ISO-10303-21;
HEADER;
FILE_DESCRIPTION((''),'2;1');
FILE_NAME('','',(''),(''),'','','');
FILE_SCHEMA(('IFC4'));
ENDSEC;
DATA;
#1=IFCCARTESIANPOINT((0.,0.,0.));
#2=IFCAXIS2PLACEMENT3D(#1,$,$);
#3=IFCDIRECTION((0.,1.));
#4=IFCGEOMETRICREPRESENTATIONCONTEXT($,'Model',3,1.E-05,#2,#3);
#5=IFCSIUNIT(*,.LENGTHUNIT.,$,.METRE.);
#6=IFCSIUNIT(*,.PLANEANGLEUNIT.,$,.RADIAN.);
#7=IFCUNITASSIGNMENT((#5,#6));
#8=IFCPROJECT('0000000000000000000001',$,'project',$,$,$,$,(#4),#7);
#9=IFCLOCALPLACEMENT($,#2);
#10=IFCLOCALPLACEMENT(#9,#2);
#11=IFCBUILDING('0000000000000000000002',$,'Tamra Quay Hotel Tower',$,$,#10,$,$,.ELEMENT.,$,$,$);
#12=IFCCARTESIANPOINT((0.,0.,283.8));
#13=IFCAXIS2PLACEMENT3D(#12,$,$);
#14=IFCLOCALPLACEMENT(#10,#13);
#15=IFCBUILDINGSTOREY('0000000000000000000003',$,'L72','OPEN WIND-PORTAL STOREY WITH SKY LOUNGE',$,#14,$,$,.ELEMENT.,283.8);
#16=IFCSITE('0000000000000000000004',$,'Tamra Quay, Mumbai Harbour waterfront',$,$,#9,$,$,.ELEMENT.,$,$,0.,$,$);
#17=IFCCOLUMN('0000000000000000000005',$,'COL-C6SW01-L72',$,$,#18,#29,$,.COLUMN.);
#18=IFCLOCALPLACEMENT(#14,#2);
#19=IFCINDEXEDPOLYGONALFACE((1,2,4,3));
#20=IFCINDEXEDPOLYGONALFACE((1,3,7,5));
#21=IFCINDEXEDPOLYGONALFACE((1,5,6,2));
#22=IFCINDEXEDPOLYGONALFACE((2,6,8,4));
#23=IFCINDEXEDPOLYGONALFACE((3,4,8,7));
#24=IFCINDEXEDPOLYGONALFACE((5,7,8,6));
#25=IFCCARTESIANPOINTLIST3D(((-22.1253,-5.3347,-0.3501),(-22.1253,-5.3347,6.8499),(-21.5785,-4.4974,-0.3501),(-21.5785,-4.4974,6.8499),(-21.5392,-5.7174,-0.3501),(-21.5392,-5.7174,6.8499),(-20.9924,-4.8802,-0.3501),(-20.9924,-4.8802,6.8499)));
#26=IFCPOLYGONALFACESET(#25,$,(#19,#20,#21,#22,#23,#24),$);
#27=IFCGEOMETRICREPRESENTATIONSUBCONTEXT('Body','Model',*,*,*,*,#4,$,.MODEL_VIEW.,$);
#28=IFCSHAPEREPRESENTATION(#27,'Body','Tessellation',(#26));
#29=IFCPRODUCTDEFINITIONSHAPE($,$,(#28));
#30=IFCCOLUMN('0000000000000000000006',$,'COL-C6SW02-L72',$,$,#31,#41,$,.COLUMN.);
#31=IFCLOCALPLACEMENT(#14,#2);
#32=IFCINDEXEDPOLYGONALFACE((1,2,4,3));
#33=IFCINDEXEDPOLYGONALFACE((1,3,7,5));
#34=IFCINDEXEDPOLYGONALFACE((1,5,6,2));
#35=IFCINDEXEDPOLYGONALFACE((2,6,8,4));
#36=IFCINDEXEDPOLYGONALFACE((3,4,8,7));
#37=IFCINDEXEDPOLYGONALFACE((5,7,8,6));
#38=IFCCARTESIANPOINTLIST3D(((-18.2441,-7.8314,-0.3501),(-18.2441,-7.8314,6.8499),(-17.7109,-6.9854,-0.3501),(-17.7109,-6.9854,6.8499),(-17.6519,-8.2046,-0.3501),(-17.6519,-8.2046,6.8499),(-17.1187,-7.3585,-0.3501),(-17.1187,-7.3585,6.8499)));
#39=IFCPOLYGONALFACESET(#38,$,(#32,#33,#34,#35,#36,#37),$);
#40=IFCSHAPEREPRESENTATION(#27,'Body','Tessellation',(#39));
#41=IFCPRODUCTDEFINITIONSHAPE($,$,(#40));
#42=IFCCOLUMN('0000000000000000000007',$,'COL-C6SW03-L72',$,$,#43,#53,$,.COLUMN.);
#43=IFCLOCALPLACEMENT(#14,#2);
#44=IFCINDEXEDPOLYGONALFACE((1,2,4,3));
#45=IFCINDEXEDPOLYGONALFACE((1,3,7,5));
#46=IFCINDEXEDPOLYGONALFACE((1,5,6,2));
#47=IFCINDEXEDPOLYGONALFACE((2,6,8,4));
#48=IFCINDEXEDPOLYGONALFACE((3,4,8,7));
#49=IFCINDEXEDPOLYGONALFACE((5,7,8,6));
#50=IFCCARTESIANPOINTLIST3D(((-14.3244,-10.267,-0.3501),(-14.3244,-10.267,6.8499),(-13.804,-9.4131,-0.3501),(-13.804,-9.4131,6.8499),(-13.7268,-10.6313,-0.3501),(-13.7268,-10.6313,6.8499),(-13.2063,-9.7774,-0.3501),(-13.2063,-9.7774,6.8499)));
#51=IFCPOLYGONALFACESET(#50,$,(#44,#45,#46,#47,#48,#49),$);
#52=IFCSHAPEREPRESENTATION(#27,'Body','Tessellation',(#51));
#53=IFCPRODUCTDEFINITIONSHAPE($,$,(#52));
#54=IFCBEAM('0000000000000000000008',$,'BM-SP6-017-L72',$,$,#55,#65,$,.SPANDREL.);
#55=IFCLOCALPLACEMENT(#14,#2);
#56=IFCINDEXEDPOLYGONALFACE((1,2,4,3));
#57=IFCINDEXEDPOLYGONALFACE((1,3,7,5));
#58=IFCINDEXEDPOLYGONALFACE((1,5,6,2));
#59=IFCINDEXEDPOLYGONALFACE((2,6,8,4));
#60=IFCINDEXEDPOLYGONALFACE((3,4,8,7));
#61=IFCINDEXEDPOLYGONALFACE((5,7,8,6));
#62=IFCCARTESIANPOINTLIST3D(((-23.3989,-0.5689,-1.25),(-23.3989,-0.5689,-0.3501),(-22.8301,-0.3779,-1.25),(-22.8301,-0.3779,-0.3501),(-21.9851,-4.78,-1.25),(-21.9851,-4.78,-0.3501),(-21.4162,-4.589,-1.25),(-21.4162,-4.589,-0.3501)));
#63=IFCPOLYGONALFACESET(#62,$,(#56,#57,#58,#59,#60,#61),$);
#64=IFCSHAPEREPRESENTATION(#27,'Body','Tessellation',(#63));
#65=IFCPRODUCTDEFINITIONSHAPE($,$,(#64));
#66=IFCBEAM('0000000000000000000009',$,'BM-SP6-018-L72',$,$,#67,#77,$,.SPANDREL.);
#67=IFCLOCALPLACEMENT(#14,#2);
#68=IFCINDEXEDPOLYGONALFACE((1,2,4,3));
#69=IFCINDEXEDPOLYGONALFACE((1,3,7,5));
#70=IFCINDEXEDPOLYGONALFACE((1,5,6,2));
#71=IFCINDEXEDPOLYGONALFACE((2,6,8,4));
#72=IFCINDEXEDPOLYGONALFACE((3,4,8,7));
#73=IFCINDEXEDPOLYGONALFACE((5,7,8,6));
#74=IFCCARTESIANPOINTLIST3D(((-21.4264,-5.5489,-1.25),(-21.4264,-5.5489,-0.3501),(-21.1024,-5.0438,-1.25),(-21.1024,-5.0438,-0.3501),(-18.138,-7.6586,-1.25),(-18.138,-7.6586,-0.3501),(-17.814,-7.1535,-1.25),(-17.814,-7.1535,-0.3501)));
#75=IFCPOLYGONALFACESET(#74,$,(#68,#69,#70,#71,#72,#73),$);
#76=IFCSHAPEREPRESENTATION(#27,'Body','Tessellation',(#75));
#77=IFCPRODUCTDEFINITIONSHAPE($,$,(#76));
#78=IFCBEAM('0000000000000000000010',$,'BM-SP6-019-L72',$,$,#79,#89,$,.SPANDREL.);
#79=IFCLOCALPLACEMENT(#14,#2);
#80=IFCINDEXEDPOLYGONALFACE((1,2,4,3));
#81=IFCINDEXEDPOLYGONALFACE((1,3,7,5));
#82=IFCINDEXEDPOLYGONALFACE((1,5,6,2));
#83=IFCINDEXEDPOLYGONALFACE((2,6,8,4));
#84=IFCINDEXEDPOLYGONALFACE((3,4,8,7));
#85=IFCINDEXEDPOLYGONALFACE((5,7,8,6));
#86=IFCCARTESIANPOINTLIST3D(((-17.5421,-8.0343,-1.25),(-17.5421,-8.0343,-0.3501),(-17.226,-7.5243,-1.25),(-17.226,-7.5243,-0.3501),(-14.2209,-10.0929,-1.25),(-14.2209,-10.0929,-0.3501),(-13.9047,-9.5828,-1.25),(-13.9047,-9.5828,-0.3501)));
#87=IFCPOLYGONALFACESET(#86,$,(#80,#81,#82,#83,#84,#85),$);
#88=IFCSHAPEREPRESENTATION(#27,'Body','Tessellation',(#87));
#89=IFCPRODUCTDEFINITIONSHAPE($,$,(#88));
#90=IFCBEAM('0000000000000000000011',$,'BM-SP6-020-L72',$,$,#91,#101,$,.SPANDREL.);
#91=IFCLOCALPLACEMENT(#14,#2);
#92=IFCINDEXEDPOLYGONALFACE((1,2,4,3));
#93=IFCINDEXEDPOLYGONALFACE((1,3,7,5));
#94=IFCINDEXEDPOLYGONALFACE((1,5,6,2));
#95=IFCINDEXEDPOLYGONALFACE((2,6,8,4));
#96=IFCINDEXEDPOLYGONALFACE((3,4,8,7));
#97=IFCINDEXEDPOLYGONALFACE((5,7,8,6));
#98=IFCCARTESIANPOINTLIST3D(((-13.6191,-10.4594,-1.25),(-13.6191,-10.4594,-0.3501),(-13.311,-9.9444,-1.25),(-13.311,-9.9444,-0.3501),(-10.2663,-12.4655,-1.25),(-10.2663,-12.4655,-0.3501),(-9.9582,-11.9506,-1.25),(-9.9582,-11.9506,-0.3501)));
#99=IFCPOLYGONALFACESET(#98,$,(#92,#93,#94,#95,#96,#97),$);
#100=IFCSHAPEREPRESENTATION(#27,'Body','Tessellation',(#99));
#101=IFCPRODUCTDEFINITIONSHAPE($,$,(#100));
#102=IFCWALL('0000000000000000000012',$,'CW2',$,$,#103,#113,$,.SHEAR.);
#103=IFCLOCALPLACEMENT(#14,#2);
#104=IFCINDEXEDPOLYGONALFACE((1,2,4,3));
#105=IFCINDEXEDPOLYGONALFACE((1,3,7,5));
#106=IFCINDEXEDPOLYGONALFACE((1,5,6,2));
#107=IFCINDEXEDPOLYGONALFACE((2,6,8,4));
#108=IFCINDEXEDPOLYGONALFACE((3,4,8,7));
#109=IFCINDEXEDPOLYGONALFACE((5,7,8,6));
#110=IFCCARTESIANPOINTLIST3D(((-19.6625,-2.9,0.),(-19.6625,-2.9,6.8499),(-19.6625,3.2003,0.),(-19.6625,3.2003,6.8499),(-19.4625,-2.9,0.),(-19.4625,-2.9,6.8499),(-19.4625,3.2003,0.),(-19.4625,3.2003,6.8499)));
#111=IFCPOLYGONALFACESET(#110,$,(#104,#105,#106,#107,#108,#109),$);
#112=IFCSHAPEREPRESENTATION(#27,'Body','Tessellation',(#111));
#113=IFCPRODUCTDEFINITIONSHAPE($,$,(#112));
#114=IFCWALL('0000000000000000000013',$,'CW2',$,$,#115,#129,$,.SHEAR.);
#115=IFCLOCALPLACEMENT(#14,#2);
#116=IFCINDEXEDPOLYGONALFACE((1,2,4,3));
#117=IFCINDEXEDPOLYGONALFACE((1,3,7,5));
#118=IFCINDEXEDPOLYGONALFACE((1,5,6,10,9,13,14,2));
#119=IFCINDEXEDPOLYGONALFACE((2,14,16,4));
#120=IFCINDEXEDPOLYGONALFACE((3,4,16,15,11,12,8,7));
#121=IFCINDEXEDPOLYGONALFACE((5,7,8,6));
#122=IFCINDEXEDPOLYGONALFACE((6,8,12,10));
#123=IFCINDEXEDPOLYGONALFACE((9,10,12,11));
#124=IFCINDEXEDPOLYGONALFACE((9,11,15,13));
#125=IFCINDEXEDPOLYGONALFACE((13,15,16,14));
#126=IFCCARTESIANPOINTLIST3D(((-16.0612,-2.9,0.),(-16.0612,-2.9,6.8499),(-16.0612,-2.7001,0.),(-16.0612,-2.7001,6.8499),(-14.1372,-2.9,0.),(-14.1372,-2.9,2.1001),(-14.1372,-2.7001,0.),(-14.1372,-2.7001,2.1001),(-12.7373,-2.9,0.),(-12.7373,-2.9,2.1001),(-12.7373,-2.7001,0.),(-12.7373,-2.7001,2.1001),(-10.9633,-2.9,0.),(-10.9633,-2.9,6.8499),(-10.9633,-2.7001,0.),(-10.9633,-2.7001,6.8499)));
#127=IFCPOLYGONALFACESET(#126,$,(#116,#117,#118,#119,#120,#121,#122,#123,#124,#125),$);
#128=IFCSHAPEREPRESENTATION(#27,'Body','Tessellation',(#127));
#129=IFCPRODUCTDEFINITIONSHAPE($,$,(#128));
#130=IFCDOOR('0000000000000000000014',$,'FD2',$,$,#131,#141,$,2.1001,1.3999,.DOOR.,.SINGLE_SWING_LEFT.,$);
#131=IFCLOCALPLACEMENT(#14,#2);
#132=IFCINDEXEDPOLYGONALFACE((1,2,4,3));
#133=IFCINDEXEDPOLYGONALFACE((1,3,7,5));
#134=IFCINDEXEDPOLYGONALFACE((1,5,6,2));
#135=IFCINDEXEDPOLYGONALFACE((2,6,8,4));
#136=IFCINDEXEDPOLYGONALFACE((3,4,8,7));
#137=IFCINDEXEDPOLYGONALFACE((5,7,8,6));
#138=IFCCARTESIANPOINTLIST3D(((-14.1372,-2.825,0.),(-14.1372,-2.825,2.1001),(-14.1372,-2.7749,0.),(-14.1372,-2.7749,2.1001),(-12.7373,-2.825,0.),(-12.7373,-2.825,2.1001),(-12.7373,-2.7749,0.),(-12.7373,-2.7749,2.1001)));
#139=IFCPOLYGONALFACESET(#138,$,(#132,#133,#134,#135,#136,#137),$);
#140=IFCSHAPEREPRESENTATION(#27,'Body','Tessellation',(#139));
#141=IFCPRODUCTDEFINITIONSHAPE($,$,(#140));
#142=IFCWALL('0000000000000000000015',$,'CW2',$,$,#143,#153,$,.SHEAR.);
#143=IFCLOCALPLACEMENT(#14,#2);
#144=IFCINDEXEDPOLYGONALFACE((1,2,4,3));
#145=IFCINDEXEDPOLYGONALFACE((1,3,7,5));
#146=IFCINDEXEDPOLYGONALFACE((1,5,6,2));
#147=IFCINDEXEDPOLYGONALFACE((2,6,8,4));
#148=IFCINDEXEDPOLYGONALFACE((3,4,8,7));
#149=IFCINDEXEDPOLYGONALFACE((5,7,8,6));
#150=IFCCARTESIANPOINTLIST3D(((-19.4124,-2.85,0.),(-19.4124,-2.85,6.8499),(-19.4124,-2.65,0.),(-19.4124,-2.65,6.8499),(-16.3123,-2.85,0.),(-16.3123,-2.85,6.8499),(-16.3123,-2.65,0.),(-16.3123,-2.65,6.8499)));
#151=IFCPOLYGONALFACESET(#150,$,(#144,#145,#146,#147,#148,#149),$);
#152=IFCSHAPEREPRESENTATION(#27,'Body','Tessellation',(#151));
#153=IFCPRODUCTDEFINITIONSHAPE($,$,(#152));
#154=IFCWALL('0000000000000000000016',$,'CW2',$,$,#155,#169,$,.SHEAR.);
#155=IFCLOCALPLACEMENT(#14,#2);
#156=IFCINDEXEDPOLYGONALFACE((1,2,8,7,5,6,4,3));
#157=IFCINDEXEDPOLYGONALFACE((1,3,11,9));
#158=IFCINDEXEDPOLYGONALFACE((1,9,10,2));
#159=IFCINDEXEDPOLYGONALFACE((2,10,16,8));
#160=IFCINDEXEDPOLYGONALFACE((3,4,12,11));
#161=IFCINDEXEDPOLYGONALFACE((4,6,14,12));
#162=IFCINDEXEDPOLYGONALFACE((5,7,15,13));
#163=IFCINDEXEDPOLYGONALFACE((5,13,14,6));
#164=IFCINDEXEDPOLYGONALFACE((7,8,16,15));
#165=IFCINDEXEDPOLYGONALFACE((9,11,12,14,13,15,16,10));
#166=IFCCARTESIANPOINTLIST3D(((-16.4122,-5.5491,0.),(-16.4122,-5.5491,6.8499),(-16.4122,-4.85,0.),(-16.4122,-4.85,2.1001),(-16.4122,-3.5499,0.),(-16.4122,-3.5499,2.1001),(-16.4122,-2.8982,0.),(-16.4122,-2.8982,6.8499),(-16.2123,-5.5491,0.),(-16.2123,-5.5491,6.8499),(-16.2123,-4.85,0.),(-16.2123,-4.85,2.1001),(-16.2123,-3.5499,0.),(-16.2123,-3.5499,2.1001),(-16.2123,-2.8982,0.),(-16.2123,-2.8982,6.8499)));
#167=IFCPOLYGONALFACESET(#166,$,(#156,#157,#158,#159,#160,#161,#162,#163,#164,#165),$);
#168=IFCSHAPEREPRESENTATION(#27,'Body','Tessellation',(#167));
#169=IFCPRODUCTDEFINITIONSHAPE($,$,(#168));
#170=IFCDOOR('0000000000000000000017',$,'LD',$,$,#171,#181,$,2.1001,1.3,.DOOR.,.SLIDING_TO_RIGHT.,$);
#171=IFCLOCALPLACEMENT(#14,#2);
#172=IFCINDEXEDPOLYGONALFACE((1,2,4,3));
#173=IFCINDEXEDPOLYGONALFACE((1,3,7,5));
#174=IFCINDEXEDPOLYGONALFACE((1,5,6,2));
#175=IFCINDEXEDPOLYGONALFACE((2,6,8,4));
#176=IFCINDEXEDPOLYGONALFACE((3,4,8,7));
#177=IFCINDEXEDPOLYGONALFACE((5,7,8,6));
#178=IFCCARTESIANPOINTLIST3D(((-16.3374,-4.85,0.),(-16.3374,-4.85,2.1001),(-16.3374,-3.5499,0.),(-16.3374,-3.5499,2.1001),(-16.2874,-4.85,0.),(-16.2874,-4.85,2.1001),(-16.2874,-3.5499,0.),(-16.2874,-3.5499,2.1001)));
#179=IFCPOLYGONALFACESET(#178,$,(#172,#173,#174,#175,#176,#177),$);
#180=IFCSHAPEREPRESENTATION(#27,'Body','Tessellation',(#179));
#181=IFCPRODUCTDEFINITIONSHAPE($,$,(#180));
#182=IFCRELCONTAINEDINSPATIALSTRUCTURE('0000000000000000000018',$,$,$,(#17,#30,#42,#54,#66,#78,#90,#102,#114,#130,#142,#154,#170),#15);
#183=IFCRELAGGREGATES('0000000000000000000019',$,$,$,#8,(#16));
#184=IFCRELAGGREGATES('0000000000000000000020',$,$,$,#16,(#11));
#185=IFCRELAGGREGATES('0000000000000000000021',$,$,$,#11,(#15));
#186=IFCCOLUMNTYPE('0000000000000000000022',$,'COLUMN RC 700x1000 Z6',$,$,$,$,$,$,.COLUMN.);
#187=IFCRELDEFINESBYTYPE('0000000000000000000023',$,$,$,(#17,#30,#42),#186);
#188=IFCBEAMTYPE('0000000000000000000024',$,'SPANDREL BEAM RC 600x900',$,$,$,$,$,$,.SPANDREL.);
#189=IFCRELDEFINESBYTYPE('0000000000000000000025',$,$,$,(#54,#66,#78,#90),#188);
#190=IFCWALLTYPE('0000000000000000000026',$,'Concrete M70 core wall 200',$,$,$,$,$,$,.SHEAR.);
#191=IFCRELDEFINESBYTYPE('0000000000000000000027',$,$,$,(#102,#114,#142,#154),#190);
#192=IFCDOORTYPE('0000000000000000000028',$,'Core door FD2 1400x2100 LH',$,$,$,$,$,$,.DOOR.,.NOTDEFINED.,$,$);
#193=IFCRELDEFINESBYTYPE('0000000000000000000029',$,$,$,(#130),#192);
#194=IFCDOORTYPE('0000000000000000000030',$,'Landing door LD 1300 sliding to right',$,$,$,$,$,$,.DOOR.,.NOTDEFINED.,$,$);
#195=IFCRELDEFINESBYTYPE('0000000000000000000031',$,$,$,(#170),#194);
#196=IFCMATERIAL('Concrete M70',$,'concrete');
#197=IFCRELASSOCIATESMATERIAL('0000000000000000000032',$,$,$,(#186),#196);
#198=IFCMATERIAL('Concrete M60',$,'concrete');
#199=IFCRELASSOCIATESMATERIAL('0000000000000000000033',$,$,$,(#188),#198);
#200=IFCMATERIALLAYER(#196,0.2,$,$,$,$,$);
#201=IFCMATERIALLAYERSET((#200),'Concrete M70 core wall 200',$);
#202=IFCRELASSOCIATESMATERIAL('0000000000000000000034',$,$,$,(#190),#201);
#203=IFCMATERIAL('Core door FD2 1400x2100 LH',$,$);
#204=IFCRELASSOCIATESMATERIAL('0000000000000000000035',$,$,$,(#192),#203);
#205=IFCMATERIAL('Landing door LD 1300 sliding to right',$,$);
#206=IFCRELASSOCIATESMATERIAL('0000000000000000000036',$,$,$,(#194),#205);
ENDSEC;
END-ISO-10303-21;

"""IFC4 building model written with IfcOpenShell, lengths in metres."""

from ifc_helpers import new_model, si_unit, direction, frame, frame_2d, origin, origin_2d, place, context, subcontext, project, spatial, rectangle, extrude, material, layer, layer_set, material_profile, profile_set, type_object, element, fill, save


model = new_model("IFC4")

# Units and contexts
model_context = context("Model", 3, precision=1e-05, world=origin(), true_north=direction((0.0, 1.0)))
body_context = subcontext(model_context, "Body", "Model", "MODEL_VIEW")
ifc_project = project(units=[si_unit("LENGTHUNIT", "METRE"), si_unit("PLANEANGLEUNIT", "RADIAN")], contexts=[model_context])

# Site, building, storey
site_placement = place(None, origin())
site = spatial("IfcSite", under=ifc_project, at=site_placement, Name="Tamra Quay, Mumbai Harbour waterfront", CompositionType="ELEMENT", RefElevation=0.0)
building_placement = place(site_placement, origin())
building = spatial("IfcBuilding", under=site, at=building_placement, Name="Tamra Quay Hotel Tower", CompositionType="ELEMENT")
storey_placement = place(building_placement, frame((0.0, 0.0, 283.8)))
storey = spatial("IfcBuildingStorey", under=building, at=storey_placement, Name="L72", Description="OPEN WIND-PORTAL STOREY WITH SKY LOUNGE", CompositionType="ELEMENT", Elevation=283.8)

# Columns
ifc_material_1 = material(Name="Concrete M70", Category="concrete")
ifc_material_profile_1 = material_profile(ifc_material_1, rectangle(XDim=1.0, YDim=0.7, at=origin_2d()), Name="COLUMN RC 700x1000 Z6")
ifc_profile_set_1 = profile_set([ifc_material_profile_1], Name="Concrete M70")
column_type = type_object("IfcColumnType", Name="COLUMN RC 700x1000 Z6", PredefinedType="COLUMN", material=ifc_profile_set_1)
for number, where, z_axis, x_axis, name in (
    (1, (-21.5588, -5.1074, -0.3501), (0.0, 0.0, 1.0), (0.546805, 0.83726, 0.0), "COL-C6SW01-L72"),
    (2, (-17.6814, -7.595, -0.3501), (0.0, 0.0, 1.0), (0.533133, 0.846031, 0.0), "COL-C6SW02-L72"),
    (3, (-13.7654, -10.0222, -0.3501), (0.0, 0.0, 1.0), (0.52043, 0.853904, 0.0), "COL-C6SW03-L72"),
):
    element("IfcColumn", number, at=place(storey_placement, frame(where, z_axis=z_axis, x_axis=x_axis)), inside=storey, type_object=column_type, Name=name, PredefinedType="COLUMN", context=body_context, shape_type="SweptSolid", body=[
        extrude(rectangle(XDim=1.0, YDim=0.7, at=origin_2d()), origin(), (0.0, 0.0, 1.0), 7.2),
    ])

# Beams
ifc_material_2 = material(Name="Concrete M60", Category="concrete")
ifc_material_profile_2 = material_profile(ifc_material_2, rectangle(XDim=0.6001, YDim=0.8999, at=origin_2d()), Name="SPANDREL BEAM RC 600x900")
ifc_profile_set_2 = profile_set([ifc_material_profile_2], Name="Concrete M60")
beam_type = type_object("IfcBeamType", Name="SPANDREL BEAM RC 600x900", PredefinedType="SPANDREL", material=ifc_profile_set_2)
beam_1_placement = place(storey_placement, frame((-23.1145, -0.4734, -0.8), z_axis=(0.318272, -0.948, 0.0), x_axis=(0.948, 0.318272, 0.0)))
element("IfcBeam", 4, at=beam_1_placement, inside=storey, type_object=beam_type, Name="BM-SP6-017-L72", PredefinedType="SPANDREL", context=body_context, shape_type="SweptSolid", body=[
    extrude(rectangle(XDim=0.6001, YDim=0.8999, at=origin_2d()), origin(), (0.0, 0.0, 1.0), 4.4421),
])
beam_2_placement = place(storey_placement, frame((-21.2644, -5.2964, -0.8), z_axis=(0.84168, -0.539977, 0.0), x_axis=(0.539977, 0.84168, 0.0)))
element("IfcBeam", 5, at=beam_2_placement, inside=storey, type_object=beam_type, Name="BM-SP6-018-L72", PredefinedType="SPANDREL", context=body_context, shape_type="SweptSolid", body=[
    extrude(rectangle(XDim=0.6001, YDim=0.8999, at=origin_2d()), origin(), (0.0, 0.0, 1.0), 3.907),
])
beam_3_placement = place(storey_placement, frame((-17.384, -7.7793, -0.8), z_axis=(0.849972, -0.526828, 0.0), x_axis=(0.526828, 0.849972, 0.0)))
element("IfcBeam", 6, at=beam_3_placement, inside=storey, type_object=beam_type, Name="BM-SP6-019-L72", PredefinedType="SPANDREL", context=body_context, shape_type="SweptSolid", body=[
    extrude(rectangle(XDim=0.6001, YDim=0.8999, at=origin_2d()), origin(), (0.0, 0.0, 1.0), 3.9075),
])
beam_4_placement = place(storey_placement, frame((-13.4651, -10.2019, -0.8), z_axis=(0.858121, -0.513448, 0.0), x_axis=(0.513448, 0.858121, 0.0)))
element("IfcBeam", 7, at=beam_4_placement, inside=storey, type_object=beam_type, Name="BM-SP6-020-L72", PredefinedType="SPANDREL", context=body_context, shape_type="SweptSolid", body=[
    extrude(rectangle(XDim=0.6001, YDim=0.8999, at=origin_2d()), origin(), (0.0, 0.0, 1.0), 3.9072),
])

# Wall
ifc_layer_1 = layer(ifc_material_1, 0.2)
ifc_layer_set_1 = layer_set([ifc_layer_1], Name="Concrete M70 core wall 200")
wall_type_1 = type_object("IfcWallType", Name="Concrete M70 core wall 200", PredefinedType="SHEAR", material=ifc_layer_set_1)
wall_1_placement = place(storey_placement, frame((-19.5625, -2.9001, 0.0), z_axis=(0.0, 0.0, 1.0), x_axis=(0.0, 1.0, 0.0)))
element("IfcWall", 8, at=wall_1_placement, inside=storey, type_object=wall_type_1, Name="CW2", PredefinedType="SHEAR", context=body_context, shape_type="SweptSolid", body=[
    extrude(rectangle(XDim=6.1003, YDim=0.2, at=frame_2d((3.0503, 0.0))), origin(), (0.0, 0.0, 1.0), 6.8499),
])

# Wall, opening, door
wall_2_placement = place(storey_placement, frame((-10.9634, -2.8, 0.0), z_axis=(0.0, 0.0, 1.0), x_axis=(-1.0, 0.0, 0.0)))
wall_2 = element("IfcWall", 9, at=wall_2_placement, inside=storey, type_object=wall_type_1, Name="CW2", PredefinedType="SHEAR", context=body_context, shape_type="SweptSolid", body=[
    extrude(rectangle(XDim=5.0979, YDim=0.2, at=frame_2d((2.5488, 0.0))), origin(), (0.0, 0.0, 1.0), 6.8499),
])
opening_1_placement = place(wall_2_placement, frame((1.7739, 0.0, 0.0)))
opening_1 = element("IfcOpeningElement", 10, at=opening_1_placement, cuts=wall_2, PredefinedType="OPENING", context=body_context, shape_type="SweptSolid", body=[
    extrude(rectangle(XDim=1.3999, YDim=2.1001, at=frame_2d((0.7, 1.05))), frame((0.0, 0.1099, 0.0), z_axis=(0.0, -1.0, 0.0), x_axis=(1.0, 0.0, 0.0)), (0.0, 0.0, 1.0), 0.22),
])
ifc_material_3 = material(Name="Core door FD2 1400x2100 LH")
door_type_1 = type_object("IfcDoorType", Name="Core door FD2 1400x2100 LH", OperationType="NOTDEFINED", PredefinedType="DOOR", material=ifc_material_3)
door_1_placement = place(opening_1_placement, origin())
door_1 = element("IfcDoor", 11, at=door_1_placement, inside=storey, type_object=door_type_1, Name="FD2", OperationType="SINGLE_SWING_LEFT", OverallHeight=2.1001, OverallWidth=1.3999, PredefinedType="DOOR", context=body_context, shape_type="SweptSolid", body=[
    extrude(rectangle(XDim=1.3999, YDim=2.1001, at=frame_2d((0.7, 1.05))), frame((0.0, 0.0249, 0.0), z_axis=(0.0, -1.0, 0.0), x_axis=(1.0, 0.0, 0.0)), (0.0, 0.0, 1.0), 0.05),
])
fill(opening_1, door_1)

# Wall
wall_3_placement = place(storey_placement, frame((-19.4124, -2.75, 0.0), z_axis=(0.0, 0.0, 1.0), x_axis=(1.0, 0.0, 0.0)))
element("IfcWall", 12, at=wall_3_placement, inside=storey, type_object=wall_type_1, Name="CW2", PredefinedType="SHEAR", context=body_context, shape_type="SweptSolid", body=[
    extrude(rectangle(XDim=3.1001, YDim=0.2, at=frame_2d((1.55, 0.0))), origin(), (0.0, 0.0, 1.0), 6.8499),
])

# Wall, opening, door
wall_4_placement = place(storey_placement, frame((-16.3123, -2.8982, 0.0), z_axis=(0.0, 0.0, 1.0), x_axis=(0.0, -1.0, 0.0)))
wall_4 = element("IfcWall", 13, at=wall_4_placement, inside=storey, type_object=wall_type_1, Name="CW2", PredefinedType="SHEAR", context=body_context, shape_type="SweptSolid", body=[
    extrude(rectangle(XDim=2.6509, YDim=0.2, at=frame_2d((1.3254, 0.0))), origin(), (0.0, 0.0, 1.0), 6.8499),
])
opening_2_placement = place(wall_4_placement, frame((0.6519, 0.0, 0.0)))
opening_2 = element("IfcOpeningElement", 14, at=opening_2_placement, cuts=wall_4, PredefinedType="OPENING", context=body_context, shape_type="SweptSolid", body=[
    extrude(rectangle(XDim=1.3, YDim=2.1001, at=frame_2d((0.6499, 1.05))), frame((0.0, 0.1099, 0.0), z_axis=(0.0, -1.0, 0.0), x_axis=(1.0, 0.0, 0.0)), (0.0, 0.0, 1.0), 0.22),
])
ifc_material_4 = material(Name="Landing door LD 1300 sliding to right")
door_type_2 = type_object("IfcDoorType", Name="Landing door LD 1300 sliding to right", OperationType="NOTDEFINED", PredefinedType="DOOR", material=ifc_material_4)
door_2_placement = place(opening_2_placement, origin())
door_2 = element("IfcDoor", 15, at=door_2_placement, inside=storey, type_object=door_type_2, Name="LD", OperationType="SLIDING_TO_RIGHT", OverallHeight=2.1001, OverallWidth=1.3, PredefinedType="DOOR", context=body_context, shape_type="SweptSolid", body=[
    extrude(rectangle(XDim=1.3, YDim=2.1001, at=frame_2d((0.6499, 1.05))), frame((0.0, 0.0249, 0.0), z_axis=(0.0, -1.0, 0.0), x_axis=(1.0, 0.0, 0.0)), (0.0, 0.0, 1.0), 0.05),
])
fill(opening_2, door_2)

save(model, "model.ifc")
